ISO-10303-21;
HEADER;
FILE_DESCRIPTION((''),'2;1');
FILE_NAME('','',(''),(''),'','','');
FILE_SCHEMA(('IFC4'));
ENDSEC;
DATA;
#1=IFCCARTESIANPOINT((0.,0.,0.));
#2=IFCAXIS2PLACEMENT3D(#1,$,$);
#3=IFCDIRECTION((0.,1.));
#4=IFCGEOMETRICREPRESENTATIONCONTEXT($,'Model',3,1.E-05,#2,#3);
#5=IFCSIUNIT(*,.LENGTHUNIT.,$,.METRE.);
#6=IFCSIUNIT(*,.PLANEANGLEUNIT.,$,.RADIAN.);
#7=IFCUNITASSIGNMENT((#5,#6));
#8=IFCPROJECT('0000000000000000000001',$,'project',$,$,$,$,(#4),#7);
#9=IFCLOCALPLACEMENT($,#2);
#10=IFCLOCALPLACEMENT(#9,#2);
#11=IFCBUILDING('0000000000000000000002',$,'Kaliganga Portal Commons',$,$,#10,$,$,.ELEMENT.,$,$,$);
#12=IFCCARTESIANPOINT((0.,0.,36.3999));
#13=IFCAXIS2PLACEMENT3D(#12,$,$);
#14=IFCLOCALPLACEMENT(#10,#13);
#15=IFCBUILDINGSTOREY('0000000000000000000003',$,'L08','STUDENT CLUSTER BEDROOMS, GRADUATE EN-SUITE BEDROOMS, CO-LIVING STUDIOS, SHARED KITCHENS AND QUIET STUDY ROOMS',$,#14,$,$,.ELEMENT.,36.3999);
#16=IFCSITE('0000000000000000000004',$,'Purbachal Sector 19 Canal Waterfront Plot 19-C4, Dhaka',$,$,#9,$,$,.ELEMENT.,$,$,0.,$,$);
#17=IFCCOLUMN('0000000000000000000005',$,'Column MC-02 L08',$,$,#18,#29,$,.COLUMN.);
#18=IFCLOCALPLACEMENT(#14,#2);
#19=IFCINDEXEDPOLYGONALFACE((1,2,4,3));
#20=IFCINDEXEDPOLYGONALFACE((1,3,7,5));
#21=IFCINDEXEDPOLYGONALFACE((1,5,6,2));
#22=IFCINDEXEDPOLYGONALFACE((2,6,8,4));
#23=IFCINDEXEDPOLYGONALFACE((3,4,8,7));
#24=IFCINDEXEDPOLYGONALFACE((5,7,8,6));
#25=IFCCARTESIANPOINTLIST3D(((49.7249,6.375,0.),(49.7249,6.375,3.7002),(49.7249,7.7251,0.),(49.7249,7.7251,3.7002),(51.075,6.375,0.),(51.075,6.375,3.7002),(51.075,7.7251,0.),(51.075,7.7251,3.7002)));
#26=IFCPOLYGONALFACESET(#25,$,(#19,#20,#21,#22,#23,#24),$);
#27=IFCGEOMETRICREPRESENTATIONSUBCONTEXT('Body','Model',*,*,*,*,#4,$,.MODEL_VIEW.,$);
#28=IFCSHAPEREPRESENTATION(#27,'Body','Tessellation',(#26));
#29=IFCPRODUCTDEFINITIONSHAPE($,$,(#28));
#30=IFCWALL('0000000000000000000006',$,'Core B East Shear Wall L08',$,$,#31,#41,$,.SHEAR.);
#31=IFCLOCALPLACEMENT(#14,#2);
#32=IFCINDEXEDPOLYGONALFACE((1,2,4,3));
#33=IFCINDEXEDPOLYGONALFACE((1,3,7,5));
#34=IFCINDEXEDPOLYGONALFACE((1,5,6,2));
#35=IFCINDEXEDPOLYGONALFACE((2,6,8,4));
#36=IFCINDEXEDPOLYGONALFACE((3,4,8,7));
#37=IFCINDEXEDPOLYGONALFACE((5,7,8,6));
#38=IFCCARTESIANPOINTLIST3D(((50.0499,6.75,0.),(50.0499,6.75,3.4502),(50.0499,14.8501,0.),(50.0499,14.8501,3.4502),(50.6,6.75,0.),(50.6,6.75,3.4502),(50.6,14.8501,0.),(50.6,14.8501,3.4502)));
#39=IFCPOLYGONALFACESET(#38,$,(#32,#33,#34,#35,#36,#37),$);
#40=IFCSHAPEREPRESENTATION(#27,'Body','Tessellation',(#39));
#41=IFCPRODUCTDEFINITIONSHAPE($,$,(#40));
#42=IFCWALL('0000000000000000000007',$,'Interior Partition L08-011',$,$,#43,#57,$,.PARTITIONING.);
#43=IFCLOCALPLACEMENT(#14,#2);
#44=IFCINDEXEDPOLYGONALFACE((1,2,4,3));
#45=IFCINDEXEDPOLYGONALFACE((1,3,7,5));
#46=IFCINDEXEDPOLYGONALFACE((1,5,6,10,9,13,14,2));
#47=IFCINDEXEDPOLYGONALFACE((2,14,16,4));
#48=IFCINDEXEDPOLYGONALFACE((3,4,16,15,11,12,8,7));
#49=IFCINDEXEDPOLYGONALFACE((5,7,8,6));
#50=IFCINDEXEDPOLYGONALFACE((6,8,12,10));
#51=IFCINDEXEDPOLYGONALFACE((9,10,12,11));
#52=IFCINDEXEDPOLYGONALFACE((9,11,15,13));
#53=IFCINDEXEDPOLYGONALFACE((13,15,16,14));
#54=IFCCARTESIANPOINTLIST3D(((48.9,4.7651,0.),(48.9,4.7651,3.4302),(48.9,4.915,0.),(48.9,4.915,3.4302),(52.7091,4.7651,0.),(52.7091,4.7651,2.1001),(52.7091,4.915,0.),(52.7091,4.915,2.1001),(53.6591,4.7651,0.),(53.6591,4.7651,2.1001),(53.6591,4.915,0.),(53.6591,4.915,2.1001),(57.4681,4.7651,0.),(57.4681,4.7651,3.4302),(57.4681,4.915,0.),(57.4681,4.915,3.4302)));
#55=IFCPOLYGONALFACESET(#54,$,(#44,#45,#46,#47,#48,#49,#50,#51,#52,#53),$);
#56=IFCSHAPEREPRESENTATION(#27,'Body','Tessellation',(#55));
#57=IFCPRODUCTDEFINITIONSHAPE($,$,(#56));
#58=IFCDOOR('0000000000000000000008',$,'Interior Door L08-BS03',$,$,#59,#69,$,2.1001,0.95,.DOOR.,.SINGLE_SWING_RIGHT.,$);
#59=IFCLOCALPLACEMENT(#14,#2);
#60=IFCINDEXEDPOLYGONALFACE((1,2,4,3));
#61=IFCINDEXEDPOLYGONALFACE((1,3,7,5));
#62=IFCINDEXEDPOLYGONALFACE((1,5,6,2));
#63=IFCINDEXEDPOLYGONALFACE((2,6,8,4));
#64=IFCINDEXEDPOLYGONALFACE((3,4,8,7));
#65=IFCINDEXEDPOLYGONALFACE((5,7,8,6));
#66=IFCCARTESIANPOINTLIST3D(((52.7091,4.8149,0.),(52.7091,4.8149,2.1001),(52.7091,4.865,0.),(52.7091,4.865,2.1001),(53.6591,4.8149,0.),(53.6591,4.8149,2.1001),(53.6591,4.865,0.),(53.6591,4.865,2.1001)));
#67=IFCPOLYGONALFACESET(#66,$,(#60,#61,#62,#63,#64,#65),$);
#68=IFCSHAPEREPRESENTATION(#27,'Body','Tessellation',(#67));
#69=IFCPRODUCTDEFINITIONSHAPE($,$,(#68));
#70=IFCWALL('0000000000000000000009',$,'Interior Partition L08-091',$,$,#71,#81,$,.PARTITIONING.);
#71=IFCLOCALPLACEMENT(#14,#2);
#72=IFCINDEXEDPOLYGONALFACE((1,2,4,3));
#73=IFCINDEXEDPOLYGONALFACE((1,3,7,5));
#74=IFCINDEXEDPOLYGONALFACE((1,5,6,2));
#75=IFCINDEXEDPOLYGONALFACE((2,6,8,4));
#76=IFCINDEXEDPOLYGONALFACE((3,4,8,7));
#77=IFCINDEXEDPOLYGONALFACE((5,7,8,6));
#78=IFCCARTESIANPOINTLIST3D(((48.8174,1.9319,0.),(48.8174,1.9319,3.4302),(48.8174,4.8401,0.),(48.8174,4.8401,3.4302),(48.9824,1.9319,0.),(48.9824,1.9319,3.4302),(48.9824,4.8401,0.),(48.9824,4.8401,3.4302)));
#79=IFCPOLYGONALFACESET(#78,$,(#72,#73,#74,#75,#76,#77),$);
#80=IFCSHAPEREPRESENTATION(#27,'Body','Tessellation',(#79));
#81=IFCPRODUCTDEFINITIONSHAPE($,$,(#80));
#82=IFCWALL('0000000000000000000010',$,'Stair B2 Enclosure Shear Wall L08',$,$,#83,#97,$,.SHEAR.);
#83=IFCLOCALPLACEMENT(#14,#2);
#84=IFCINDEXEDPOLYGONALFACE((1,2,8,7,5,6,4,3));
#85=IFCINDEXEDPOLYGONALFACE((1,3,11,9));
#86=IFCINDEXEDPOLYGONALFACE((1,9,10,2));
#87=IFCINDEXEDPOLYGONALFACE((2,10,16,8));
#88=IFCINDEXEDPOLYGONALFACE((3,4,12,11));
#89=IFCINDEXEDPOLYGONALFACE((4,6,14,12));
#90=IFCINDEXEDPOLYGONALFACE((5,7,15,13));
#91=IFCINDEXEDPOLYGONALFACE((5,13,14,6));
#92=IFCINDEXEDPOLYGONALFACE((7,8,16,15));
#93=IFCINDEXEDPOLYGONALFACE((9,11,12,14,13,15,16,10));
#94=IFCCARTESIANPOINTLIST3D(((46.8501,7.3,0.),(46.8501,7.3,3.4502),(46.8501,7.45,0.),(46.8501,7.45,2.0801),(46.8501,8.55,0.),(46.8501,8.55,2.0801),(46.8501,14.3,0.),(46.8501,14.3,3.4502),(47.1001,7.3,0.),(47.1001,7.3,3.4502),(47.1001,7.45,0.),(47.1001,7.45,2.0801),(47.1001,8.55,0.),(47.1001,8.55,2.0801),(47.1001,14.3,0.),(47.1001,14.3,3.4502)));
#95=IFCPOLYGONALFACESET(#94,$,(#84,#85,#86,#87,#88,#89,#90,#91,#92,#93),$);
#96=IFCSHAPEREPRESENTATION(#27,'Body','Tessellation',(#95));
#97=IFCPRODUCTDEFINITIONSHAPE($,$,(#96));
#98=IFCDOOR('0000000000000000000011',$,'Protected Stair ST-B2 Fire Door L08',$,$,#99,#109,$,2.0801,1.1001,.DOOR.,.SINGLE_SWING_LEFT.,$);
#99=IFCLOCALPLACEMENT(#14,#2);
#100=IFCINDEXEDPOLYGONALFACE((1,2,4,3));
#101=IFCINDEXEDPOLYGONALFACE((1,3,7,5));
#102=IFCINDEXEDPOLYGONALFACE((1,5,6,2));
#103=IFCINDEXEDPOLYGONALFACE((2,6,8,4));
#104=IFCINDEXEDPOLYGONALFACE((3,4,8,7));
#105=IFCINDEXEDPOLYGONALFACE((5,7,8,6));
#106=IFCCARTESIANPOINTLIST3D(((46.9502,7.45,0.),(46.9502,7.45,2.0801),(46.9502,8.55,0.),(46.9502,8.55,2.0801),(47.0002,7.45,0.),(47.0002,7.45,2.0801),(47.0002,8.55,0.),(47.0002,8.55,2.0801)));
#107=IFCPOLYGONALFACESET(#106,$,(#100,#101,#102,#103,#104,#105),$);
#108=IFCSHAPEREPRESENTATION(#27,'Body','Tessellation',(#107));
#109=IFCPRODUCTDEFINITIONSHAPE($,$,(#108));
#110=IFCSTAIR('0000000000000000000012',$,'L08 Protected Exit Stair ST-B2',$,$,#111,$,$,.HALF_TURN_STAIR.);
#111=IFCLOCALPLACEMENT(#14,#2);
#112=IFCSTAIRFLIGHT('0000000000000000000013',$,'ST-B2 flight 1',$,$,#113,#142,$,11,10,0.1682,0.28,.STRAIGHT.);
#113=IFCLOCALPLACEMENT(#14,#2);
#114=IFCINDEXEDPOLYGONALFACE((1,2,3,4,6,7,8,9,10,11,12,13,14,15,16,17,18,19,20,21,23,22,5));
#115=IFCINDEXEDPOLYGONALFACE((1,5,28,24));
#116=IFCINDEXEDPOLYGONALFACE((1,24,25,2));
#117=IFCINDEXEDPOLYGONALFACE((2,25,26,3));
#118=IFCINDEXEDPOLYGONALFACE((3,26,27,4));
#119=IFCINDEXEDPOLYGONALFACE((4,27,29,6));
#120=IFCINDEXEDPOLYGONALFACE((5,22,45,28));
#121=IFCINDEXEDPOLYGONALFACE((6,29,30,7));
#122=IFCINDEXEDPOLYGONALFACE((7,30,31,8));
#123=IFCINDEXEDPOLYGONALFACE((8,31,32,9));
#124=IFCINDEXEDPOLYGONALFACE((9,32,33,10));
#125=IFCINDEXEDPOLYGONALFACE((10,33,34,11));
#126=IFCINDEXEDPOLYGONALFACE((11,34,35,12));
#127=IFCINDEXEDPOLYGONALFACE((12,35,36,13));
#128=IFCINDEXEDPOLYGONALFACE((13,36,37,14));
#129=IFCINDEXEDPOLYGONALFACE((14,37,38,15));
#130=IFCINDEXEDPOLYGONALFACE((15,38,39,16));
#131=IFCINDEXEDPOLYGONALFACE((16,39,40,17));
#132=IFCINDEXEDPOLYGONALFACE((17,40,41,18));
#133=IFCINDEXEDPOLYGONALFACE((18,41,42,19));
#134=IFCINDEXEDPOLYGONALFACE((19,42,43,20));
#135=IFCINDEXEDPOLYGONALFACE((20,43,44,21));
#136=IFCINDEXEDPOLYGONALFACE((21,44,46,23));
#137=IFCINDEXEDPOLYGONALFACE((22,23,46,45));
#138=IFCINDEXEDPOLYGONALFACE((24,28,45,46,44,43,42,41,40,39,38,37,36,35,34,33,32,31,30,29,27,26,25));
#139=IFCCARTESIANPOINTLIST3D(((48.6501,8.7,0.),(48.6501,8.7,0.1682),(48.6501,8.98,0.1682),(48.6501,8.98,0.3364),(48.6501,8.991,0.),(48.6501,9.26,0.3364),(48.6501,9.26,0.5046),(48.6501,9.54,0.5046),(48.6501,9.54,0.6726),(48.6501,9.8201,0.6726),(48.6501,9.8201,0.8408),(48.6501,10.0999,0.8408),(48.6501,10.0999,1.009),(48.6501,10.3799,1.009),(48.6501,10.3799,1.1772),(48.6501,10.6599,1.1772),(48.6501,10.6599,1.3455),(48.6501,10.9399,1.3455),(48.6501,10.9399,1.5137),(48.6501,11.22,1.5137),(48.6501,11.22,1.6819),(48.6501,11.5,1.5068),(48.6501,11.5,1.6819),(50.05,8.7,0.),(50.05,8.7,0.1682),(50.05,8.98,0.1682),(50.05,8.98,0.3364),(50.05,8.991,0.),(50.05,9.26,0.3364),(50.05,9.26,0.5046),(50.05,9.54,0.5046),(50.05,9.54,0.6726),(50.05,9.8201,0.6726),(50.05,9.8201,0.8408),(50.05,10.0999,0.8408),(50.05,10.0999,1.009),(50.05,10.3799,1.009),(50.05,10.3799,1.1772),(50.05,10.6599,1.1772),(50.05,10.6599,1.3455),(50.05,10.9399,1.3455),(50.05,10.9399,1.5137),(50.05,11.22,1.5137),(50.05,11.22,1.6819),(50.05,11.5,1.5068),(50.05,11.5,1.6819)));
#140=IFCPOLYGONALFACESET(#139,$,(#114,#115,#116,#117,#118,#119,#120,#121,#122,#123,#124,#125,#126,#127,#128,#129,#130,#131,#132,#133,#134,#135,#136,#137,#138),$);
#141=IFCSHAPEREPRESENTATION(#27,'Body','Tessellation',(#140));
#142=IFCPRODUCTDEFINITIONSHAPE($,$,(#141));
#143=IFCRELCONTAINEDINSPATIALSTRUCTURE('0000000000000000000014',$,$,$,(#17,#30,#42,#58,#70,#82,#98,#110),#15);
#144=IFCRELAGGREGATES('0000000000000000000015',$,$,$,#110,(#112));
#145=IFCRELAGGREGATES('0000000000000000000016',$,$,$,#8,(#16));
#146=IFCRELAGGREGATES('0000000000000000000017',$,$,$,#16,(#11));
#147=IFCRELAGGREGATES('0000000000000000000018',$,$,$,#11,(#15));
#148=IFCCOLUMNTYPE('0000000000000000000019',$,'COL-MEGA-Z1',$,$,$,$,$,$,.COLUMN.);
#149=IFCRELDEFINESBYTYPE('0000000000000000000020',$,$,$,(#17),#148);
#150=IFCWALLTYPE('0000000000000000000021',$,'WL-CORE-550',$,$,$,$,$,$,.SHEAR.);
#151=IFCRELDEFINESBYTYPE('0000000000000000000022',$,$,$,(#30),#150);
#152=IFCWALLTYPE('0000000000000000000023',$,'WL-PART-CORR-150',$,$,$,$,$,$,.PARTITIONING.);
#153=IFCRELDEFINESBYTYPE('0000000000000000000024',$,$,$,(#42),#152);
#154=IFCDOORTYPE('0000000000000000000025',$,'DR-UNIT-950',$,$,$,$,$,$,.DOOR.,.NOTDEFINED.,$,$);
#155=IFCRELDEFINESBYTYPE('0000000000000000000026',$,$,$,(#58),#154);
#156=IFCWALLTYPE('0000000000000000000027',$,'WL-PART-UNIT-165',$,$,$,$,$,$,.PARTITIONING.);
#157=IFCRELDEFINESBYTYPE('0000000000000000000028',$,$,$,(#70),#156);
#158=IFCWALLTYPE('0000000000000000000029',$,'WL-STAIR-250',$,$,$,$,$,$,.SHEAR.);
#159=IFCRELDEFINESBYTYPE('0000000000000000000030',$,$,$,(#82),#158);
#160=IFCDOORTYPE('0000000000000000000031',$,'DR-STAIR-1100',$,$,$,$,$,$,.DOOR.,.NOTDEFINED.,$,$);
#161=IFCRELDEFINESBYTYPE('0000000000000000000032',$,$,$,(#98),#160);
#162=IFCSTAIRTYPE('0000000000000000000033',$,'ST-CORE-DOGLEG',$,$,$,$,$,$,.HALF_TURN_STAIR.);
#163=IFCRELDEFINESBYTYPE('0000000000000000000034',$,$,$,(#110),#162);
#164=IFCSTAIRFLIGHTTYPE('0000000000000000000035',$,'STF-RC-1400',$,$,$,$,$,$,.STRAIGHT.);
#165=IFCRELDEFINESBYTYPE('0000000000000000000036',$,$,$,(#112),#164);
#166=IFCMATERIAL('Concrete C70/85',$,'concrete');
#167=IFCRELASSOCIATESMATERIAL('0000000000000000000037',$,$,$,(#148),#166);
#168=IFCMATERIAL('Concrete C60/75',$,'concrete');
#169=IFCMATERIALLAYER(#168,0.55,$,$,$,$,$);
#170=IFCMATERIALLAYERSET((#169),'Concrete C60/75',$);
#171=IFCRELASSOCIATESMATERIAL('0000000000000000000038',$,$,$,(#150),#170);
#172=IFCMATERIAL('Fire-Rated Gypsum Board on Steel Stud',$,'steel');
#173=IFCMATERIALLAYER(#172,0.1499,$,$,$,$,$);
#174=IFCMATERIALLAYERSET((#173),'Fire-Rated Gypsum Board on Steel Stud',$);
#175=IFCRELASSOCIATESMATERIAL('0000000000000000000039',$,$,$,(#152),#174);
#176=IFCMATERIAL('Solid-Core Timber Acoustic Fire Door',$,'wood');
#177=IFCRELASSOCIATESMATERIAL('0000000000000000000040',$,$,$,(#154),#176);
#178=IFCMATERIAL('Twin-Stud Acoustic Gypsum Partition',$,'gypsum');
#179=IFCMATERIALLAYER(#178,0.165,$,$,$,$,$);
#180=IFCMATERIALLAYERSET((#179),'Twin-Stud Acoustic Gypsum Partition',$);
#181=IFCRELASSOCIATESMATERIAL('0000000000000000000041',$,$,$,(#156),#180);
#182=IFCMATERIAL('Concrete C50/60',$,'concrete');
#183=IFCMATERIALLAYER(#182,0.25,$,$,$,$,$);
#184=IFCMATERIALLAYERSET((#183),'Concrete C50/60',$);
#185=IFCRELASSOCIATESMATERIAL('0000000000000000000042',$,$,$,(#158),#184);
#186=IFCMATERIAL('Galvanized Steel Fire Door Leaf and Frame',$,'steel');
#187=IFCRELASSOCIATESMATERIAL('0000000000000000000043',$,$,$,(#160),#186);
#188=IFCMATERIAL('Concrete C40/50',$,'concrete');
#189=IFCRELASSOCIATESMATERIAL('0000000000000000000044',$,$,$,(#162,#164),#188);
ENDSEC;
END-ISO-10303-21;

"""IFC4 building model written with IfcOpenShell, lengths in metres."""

from ifc_helpers import new_model, si_unit, direction, frame, frame_2d, origin, origin_2d, place, context, subcontext, project, spatial, polyline, rectangle, outline, extrude, source, transform, mapped, material, layer, layer_set, material_profile, profile_set, type_object, element, fill, aggregate, save


model = new_model("IFC4")

# Units and contexts
model_context = context("Model", 3, precision=1e-05, world=origin(), true_north=direction((0.0, 1.0)))
body_context = subcontext(model_context, "Body", "Model", "MODEL_VIEW")
ifc_project = project(units=[si_unit("LENGTHUNIT", "METRE"), si_unit("PLANEANGLEUNIT", "RADIAN")], contexts=[model_context])

# Site, building, storey
site_placement = place(None, origin())
site = spatial("IfcSite", under=ifc_project, at=site_placement, Name="Purbachal Sector 19 Canal Waterfront Plot 19-C4, Dhaka", CompositionType="ELEMENT", RefElevation=0.0)
building_placement = place(site_placement, origin())
building = spatial("IfcBuilding", under=site, at=building_placement, Name="Kaliganga Portal Commons", CompositionType="ELEMENT")
storey_placement = place(building_placement, frame((0.0, 0.0, 36.3999)))
storey = spatial("IfcBuildingStorey", under=building, at=storey_placement, Name="L08", Description="STUDENT CLUSTER BEDROOMS, GRADUATE EN-SUITE BEDROOMS, CO-LIVING STUDIOS, SHARED KITCHENS AND QUIET STUDY ROOMS", CompositionType="ELEMENT", Elevation=36.3999)

# Column
ifc_material_1 = material(Name="Concrete C70/85", Category="concrete")
ifc_material_profile = material_profile(ifc_material_1, rectangle(XDim=1.3501, YDim=1.3501, at=origin_2d()), Name="RC 1350x1350")
ifc_profile_set = profile_set([ifc_material_profile], Name="Concrete C70/85")
column_type = type_object("IfcColumnType", Name="COL-MEGA-Z1", PredefinedType="COLUMN", material=ifc_profile_set)
shared_shape = source(origin(), body_context, "Body", "SweptSolid", [
    extrude(rectangle(XDim=1.3501, YDim=1.3501, at=origin_2d()), origin(), (0.0, 0.0, 1.0), 3.7002),
])
column_placement = place(storey_placement, frame((50.3999, 7.05, 0.0), z_axis=(0.0, 0.0, 1.0), x_axis=(1.0, 0.0, 0.0)))
element("IfcColumn", 1, at=column_placement, inside=storey, type_object=column_type, Name="Column MC-02 L08", PredefinedType="COLUMN", context=body_context, shape_type="MappedRepresentation", body=[
    mapped(shared_shape, transform((0.0, 0.0, 0.0), x_axis=(1.0, 0.0, 0.0), y_axis=(0.0, 1.0, 0.0), z_axis=(0.0, 0.0, 1.0), scale=1.0)),
])

# Wall
ifc_material_2 = material(Name="Concrete C60/75", Category="concrete")
ifc_layer_1 = layer(ifc_material_2, 0.55)
ifc_layer_set_1 = layer_set([ifc_layer_1], Name="Concrete C60/75")
wall_type_1 = type_object("IfcWallType", Name="WL-CORE-550", PredefinedType="SHEAR", material=ifc_layer_set_1)
wall_1_placement = place(storey_placement, frame((50.325, 6.75, 0.0), z_axis=(0.0, 0.0, 1.0), x_axis=(0.0, 1.0, 0.0)))
element("IfcWall", 2, at=wall_1_placement, inside=storey, type_object=wall_type_1, Name="Core B East Shear Wall L08", PredefinedType="SHEAR", context=body_context, shape_type="SweptSolid", body=[
    extrude(rectangle(XDim=8.1001, YDim=0.55, at=frame_2d((4.05, 0.0))), origin(), (0.0, 0.0, 1.0), 3.4502),
])

# Wall, opening, door
ifc_material_3 = material(Name="Fire-Rated Gypsum Board on Steel Stud", Category="steel")
ifc_layer_2 = layer(ifc_material_3, 0.1499)
ifc_layer_set_2 = layer_set([ifc_layer_2], Name="Fire-Rated Gypsum Board on Steel Stud")
wall_type_2 = type_object("IfcWallType", Name="WL-PART-CORR-150", PredefinedType="PARTITIONING", material=ifc_layer_set_2)
wall_2_placement = place(storey_placement, frame((48.8999, 4.8401, 0.0), z_axis=(0.0, 0.0, 1.0), x_axis=(1.0, 0.0, 0.0)))
wall_2 = element("IfcWall", 3, at=wall_2_placement, inside=storey, type_object=wall_type_2, Name="Interior Partition L08-011", PredefinedType="PARTITIONING", context=body_context, shape_type="SweptSolid", body=[
    extrude(rectangle(XDim=8.5681, YDim=0.1499, at=frame_2d((4.2842, 0.0))), origin(), (0.0, 0.0, 1.0), 3.4302),
])
opening_1_placement = place(wall_2_placement, frame((3.8091, 0.0, 0.0)))
opening_1 = element("IfcOpeningElement", 4, at=opening_1_placement, cuts=wall_2, PredefinedType="OPENING", context=body_context, shape_type="SweptSolid", body=[
    extrude(rectangle(XDim=0.95, YDim=2.1001, at=frame_2d((0.4751, 1.05))), frame((0.0, 0.085, 0.0), z_axis=(0.0, -1.0, 0.0), x_axis=(1.0, 0.0, 0.0)), (0.0, 0.0, 1.0), 0.1699),
])
ifc_material_4 = material(Name="Solid-Core Timber Acoustic Fire Door", Category="wood")
door_type_1 = type_object("IfcDoorType", Name="DR-UNIT-950", OperationType="NOTDEFINED", PredefinedType="DOOR", material=ifc_material_4)
door_1_placement = place(opening_1_placement, origin())
door_1 = element("IfcDoor", 5, at=door_1_placement, inside=storey, type_object=door_type_1, Name="Interior Door L08-BS03", OperationType="SINGLE_SWING_RIGHT", OverallHeight=2.1001, OverallWidth=0.95, PredefinedType="DOOR", context=body_context, shape_type="SweptSolid", body=[
    extrude(rectangle(XDim=0.95, YDim=2.1001, at=frame_2d((0.4751, 1.05))), frame((0.0, 0.0249, 0.0), z_axis=(0.0, -1.0, 0.0), x_axis=(1.0, 0.0, 0.0)), (0.0, 0.0, 1.0), 0.05),
])
fill(opening_1, door_1)

# Wall
ifc_material_5 = material(Name="Twin-Stud Acoustic Gypsum Partition", Category="gypsum")
ifc_layer_3 = layer(ifc_material_5, 0.165)
ifc_layer_set_3 = layer_set([ifc_layer_3], Name="Twin-Stud Acoustic Gypsum Partition")
wall_type_3 = type_object("IfcWallType", Name="WL-PART-UNIT-165", PredefinedType="PARTITIONING", material=ifc_layer_set_3)
wall_3_placement = place(storey_placement, frame((48.8999, 1.9319, 0.0), z_axis=(0.0, 0.0, 1.0), x_axis=(0.0, 1.0, 0.0)))
element("IfcWall", 6, at=wall_3_placement, inside=storey, type_object=wall_type_3, Name="Interior Partition L08-091", PredefinedType="PARTITIONING", context=body_context, shape_type="SweptSolid", body=[
    extrude(rectangle(XDim=2.9082, YDim=0.165, at=frame_2d((1.4541, 0.0))), origin(), (0.0, 0.0, 1.0), 3.4302),
])

# Wall, opening, door
ifc_material_6 = material(Name="Concrete C50/60", Category="concrete")
ifc_layer_4 = layer(ifc_material_6, 0.25)
ifc_layer_set_4 = layer_set([ifc_layer_4], Name="Concrete C50/60")
wall_type_4 = type_object("IfcWallType", Name="WL-STAIR-250", PredefinedType="SHEAR", material=ifc_layer_set_4)
wall_4_placement = place(storey_placement, frame((46.9751, 7.3, 0.0), z_axis=(0.0, 0.0, 1.0), x_axis=(0.0, 1.0, 0.0)))
wall_4 = element("IfcWall", 7, at=wall_4_placement, inside=storey, type_object=wall_type_4, Name="Stair B2 Enclosure Shear Wall L08", PredefinedType="SHEAR", context=body_context, shape_type="SweptSolid", body=[
    extrude(rectangle(XDim=7.0, YDim=0.25, at=frame_2d((3.5, 0.0))), origin(), (0.0, 0.0, 1.0), 3.4502),
])
opening_2_placement = place(wall_4_placement, frame((0.1499, 0.0, 0.0)))
opening_2 = element("IfcOpeningElement", 8, at=opening_2_placement, cuts=wall_4, PredefinedType="OPENING", context=body_context, shape_type="SweptSolid", body=[
    extrude(rectangle(XDim=1.1001, YDim=2.0801, at=frame_2d((0.55, 1.04))), frame((0.0, 0.135, 0.0), z_axis=(0.0, -1.0, 0.0), x_axis=(1.0, 0.0, 0.0)), (0.0, 0.0, 1.0), 0.27),
])
ifc_material_7 = material(Name="Galvanized Steel Fire Door Leaf and Frame", Category="steel")
door_type_2 = type_object("IfcDoorType", Name="DR-STAIR-1100", OperationType="NOTDEFINED", PredefinedType="DOOR", material=ifc_material_7)
door_2_placement = place(opening_2_placement, origin())
door_2 = element("IfcDoor", 9, at=door_2_placement, inside=storey, type_object=door_type_2, Name="Protected Stair ST-B2 Fire Door L08", OperationType="SINGLE_SWING_LEFT", OverallHeight=2.0801, OverallWidth=1.1001, PredefinedType="DOOR", context=body_context, shape_type="SweptSolid", body=[
    extrude(rectangle(XDim=1.1001, YDim=2.0801, at=frame_2d((0.55, 1.04))), frame((0.0, 0.0249, 0.0), z_axis=(0.0, -1.0, 0.0), x_axis=(1.0, 0.0, 0.0)), (0.0, 0.0, 1.0), 0.05),
])
fill(opening_2, door_2)

# Stair, stair flight
ifc_material_8 = material(Name="Concrete C40/50", Category="concrete")
stair_type = type_object("IfcStairType", Name="ST-CORE-DOGLEG", PredefinedType="HALF_TURN_STAIR", material=ifc_material_8)
stair_placement = place(storey_placement, origin())
stair = element("IfcStair", 10, at=stair_placement, inside=storey, type_object=stair_type, Name="L08 Protected Exit Stair ST-B2", PredefinedType="HALF_TURN_STAIR")
stair_flight_type = type_object("IfcStairFlightType", Name="STF-RC-1400", PredefinedType="STRAIGHT", material=ifc_material_8)
stair_flight_placement = place(storey_placement, frame((49.3501, 8.7, 0.0), z_axis=(0.0, 0.0, 1.0), x_axis=(0.0, 1.0, 0.0)))
stair_flight = element("IfcStairFlight", 11, at=stair_flight_placement, type_object=stair_flight_type, Name="ST-B2 flight 1", NumberOfRisers=11, NumberOfTreads=10, PredefinedType="STRAIGHT", RiserHeight=0.1682, TreadLength=0.28, context=body_context, shape_type="SweptSolid", body=[
    extrude(outline(polyline([(0.0, 0.0), (0.0, 0.1682), (0.28, 0.1682), (0.28, 0.3364), (0.5601, 0.3364), (0.5601, 0.5046), (0.8401, 0.5046), (0.8401, 0.6726), (1.1201, 0.6726), (1.1201, 0.8408), (1.3999, 0.8408), (1.3999, 1.009), (1.6799, 1.009), (1.6799, 1.1772), (1.96, 1.1772), (1.96, 1.3455), (2.24, 1.3455), (2.24, 1.5137), (2.52, 1.5137), (2.52, 1.6819), (2.8, 1.6819), (2.8, 1.8501), (2.8, 1.5068), (0.291, 0.0), (0.0, 0.0)])), frame((0.0, 0.7, 0.0), z_axis=(0.0, -1.0, 0.0), x_axis=(1.0, 0.0, 0.0)), (0.0, 0.0, 1.0), 1.3999),
])
aggregate(stair, [stair_flight])

save(model, "model.ifc")
